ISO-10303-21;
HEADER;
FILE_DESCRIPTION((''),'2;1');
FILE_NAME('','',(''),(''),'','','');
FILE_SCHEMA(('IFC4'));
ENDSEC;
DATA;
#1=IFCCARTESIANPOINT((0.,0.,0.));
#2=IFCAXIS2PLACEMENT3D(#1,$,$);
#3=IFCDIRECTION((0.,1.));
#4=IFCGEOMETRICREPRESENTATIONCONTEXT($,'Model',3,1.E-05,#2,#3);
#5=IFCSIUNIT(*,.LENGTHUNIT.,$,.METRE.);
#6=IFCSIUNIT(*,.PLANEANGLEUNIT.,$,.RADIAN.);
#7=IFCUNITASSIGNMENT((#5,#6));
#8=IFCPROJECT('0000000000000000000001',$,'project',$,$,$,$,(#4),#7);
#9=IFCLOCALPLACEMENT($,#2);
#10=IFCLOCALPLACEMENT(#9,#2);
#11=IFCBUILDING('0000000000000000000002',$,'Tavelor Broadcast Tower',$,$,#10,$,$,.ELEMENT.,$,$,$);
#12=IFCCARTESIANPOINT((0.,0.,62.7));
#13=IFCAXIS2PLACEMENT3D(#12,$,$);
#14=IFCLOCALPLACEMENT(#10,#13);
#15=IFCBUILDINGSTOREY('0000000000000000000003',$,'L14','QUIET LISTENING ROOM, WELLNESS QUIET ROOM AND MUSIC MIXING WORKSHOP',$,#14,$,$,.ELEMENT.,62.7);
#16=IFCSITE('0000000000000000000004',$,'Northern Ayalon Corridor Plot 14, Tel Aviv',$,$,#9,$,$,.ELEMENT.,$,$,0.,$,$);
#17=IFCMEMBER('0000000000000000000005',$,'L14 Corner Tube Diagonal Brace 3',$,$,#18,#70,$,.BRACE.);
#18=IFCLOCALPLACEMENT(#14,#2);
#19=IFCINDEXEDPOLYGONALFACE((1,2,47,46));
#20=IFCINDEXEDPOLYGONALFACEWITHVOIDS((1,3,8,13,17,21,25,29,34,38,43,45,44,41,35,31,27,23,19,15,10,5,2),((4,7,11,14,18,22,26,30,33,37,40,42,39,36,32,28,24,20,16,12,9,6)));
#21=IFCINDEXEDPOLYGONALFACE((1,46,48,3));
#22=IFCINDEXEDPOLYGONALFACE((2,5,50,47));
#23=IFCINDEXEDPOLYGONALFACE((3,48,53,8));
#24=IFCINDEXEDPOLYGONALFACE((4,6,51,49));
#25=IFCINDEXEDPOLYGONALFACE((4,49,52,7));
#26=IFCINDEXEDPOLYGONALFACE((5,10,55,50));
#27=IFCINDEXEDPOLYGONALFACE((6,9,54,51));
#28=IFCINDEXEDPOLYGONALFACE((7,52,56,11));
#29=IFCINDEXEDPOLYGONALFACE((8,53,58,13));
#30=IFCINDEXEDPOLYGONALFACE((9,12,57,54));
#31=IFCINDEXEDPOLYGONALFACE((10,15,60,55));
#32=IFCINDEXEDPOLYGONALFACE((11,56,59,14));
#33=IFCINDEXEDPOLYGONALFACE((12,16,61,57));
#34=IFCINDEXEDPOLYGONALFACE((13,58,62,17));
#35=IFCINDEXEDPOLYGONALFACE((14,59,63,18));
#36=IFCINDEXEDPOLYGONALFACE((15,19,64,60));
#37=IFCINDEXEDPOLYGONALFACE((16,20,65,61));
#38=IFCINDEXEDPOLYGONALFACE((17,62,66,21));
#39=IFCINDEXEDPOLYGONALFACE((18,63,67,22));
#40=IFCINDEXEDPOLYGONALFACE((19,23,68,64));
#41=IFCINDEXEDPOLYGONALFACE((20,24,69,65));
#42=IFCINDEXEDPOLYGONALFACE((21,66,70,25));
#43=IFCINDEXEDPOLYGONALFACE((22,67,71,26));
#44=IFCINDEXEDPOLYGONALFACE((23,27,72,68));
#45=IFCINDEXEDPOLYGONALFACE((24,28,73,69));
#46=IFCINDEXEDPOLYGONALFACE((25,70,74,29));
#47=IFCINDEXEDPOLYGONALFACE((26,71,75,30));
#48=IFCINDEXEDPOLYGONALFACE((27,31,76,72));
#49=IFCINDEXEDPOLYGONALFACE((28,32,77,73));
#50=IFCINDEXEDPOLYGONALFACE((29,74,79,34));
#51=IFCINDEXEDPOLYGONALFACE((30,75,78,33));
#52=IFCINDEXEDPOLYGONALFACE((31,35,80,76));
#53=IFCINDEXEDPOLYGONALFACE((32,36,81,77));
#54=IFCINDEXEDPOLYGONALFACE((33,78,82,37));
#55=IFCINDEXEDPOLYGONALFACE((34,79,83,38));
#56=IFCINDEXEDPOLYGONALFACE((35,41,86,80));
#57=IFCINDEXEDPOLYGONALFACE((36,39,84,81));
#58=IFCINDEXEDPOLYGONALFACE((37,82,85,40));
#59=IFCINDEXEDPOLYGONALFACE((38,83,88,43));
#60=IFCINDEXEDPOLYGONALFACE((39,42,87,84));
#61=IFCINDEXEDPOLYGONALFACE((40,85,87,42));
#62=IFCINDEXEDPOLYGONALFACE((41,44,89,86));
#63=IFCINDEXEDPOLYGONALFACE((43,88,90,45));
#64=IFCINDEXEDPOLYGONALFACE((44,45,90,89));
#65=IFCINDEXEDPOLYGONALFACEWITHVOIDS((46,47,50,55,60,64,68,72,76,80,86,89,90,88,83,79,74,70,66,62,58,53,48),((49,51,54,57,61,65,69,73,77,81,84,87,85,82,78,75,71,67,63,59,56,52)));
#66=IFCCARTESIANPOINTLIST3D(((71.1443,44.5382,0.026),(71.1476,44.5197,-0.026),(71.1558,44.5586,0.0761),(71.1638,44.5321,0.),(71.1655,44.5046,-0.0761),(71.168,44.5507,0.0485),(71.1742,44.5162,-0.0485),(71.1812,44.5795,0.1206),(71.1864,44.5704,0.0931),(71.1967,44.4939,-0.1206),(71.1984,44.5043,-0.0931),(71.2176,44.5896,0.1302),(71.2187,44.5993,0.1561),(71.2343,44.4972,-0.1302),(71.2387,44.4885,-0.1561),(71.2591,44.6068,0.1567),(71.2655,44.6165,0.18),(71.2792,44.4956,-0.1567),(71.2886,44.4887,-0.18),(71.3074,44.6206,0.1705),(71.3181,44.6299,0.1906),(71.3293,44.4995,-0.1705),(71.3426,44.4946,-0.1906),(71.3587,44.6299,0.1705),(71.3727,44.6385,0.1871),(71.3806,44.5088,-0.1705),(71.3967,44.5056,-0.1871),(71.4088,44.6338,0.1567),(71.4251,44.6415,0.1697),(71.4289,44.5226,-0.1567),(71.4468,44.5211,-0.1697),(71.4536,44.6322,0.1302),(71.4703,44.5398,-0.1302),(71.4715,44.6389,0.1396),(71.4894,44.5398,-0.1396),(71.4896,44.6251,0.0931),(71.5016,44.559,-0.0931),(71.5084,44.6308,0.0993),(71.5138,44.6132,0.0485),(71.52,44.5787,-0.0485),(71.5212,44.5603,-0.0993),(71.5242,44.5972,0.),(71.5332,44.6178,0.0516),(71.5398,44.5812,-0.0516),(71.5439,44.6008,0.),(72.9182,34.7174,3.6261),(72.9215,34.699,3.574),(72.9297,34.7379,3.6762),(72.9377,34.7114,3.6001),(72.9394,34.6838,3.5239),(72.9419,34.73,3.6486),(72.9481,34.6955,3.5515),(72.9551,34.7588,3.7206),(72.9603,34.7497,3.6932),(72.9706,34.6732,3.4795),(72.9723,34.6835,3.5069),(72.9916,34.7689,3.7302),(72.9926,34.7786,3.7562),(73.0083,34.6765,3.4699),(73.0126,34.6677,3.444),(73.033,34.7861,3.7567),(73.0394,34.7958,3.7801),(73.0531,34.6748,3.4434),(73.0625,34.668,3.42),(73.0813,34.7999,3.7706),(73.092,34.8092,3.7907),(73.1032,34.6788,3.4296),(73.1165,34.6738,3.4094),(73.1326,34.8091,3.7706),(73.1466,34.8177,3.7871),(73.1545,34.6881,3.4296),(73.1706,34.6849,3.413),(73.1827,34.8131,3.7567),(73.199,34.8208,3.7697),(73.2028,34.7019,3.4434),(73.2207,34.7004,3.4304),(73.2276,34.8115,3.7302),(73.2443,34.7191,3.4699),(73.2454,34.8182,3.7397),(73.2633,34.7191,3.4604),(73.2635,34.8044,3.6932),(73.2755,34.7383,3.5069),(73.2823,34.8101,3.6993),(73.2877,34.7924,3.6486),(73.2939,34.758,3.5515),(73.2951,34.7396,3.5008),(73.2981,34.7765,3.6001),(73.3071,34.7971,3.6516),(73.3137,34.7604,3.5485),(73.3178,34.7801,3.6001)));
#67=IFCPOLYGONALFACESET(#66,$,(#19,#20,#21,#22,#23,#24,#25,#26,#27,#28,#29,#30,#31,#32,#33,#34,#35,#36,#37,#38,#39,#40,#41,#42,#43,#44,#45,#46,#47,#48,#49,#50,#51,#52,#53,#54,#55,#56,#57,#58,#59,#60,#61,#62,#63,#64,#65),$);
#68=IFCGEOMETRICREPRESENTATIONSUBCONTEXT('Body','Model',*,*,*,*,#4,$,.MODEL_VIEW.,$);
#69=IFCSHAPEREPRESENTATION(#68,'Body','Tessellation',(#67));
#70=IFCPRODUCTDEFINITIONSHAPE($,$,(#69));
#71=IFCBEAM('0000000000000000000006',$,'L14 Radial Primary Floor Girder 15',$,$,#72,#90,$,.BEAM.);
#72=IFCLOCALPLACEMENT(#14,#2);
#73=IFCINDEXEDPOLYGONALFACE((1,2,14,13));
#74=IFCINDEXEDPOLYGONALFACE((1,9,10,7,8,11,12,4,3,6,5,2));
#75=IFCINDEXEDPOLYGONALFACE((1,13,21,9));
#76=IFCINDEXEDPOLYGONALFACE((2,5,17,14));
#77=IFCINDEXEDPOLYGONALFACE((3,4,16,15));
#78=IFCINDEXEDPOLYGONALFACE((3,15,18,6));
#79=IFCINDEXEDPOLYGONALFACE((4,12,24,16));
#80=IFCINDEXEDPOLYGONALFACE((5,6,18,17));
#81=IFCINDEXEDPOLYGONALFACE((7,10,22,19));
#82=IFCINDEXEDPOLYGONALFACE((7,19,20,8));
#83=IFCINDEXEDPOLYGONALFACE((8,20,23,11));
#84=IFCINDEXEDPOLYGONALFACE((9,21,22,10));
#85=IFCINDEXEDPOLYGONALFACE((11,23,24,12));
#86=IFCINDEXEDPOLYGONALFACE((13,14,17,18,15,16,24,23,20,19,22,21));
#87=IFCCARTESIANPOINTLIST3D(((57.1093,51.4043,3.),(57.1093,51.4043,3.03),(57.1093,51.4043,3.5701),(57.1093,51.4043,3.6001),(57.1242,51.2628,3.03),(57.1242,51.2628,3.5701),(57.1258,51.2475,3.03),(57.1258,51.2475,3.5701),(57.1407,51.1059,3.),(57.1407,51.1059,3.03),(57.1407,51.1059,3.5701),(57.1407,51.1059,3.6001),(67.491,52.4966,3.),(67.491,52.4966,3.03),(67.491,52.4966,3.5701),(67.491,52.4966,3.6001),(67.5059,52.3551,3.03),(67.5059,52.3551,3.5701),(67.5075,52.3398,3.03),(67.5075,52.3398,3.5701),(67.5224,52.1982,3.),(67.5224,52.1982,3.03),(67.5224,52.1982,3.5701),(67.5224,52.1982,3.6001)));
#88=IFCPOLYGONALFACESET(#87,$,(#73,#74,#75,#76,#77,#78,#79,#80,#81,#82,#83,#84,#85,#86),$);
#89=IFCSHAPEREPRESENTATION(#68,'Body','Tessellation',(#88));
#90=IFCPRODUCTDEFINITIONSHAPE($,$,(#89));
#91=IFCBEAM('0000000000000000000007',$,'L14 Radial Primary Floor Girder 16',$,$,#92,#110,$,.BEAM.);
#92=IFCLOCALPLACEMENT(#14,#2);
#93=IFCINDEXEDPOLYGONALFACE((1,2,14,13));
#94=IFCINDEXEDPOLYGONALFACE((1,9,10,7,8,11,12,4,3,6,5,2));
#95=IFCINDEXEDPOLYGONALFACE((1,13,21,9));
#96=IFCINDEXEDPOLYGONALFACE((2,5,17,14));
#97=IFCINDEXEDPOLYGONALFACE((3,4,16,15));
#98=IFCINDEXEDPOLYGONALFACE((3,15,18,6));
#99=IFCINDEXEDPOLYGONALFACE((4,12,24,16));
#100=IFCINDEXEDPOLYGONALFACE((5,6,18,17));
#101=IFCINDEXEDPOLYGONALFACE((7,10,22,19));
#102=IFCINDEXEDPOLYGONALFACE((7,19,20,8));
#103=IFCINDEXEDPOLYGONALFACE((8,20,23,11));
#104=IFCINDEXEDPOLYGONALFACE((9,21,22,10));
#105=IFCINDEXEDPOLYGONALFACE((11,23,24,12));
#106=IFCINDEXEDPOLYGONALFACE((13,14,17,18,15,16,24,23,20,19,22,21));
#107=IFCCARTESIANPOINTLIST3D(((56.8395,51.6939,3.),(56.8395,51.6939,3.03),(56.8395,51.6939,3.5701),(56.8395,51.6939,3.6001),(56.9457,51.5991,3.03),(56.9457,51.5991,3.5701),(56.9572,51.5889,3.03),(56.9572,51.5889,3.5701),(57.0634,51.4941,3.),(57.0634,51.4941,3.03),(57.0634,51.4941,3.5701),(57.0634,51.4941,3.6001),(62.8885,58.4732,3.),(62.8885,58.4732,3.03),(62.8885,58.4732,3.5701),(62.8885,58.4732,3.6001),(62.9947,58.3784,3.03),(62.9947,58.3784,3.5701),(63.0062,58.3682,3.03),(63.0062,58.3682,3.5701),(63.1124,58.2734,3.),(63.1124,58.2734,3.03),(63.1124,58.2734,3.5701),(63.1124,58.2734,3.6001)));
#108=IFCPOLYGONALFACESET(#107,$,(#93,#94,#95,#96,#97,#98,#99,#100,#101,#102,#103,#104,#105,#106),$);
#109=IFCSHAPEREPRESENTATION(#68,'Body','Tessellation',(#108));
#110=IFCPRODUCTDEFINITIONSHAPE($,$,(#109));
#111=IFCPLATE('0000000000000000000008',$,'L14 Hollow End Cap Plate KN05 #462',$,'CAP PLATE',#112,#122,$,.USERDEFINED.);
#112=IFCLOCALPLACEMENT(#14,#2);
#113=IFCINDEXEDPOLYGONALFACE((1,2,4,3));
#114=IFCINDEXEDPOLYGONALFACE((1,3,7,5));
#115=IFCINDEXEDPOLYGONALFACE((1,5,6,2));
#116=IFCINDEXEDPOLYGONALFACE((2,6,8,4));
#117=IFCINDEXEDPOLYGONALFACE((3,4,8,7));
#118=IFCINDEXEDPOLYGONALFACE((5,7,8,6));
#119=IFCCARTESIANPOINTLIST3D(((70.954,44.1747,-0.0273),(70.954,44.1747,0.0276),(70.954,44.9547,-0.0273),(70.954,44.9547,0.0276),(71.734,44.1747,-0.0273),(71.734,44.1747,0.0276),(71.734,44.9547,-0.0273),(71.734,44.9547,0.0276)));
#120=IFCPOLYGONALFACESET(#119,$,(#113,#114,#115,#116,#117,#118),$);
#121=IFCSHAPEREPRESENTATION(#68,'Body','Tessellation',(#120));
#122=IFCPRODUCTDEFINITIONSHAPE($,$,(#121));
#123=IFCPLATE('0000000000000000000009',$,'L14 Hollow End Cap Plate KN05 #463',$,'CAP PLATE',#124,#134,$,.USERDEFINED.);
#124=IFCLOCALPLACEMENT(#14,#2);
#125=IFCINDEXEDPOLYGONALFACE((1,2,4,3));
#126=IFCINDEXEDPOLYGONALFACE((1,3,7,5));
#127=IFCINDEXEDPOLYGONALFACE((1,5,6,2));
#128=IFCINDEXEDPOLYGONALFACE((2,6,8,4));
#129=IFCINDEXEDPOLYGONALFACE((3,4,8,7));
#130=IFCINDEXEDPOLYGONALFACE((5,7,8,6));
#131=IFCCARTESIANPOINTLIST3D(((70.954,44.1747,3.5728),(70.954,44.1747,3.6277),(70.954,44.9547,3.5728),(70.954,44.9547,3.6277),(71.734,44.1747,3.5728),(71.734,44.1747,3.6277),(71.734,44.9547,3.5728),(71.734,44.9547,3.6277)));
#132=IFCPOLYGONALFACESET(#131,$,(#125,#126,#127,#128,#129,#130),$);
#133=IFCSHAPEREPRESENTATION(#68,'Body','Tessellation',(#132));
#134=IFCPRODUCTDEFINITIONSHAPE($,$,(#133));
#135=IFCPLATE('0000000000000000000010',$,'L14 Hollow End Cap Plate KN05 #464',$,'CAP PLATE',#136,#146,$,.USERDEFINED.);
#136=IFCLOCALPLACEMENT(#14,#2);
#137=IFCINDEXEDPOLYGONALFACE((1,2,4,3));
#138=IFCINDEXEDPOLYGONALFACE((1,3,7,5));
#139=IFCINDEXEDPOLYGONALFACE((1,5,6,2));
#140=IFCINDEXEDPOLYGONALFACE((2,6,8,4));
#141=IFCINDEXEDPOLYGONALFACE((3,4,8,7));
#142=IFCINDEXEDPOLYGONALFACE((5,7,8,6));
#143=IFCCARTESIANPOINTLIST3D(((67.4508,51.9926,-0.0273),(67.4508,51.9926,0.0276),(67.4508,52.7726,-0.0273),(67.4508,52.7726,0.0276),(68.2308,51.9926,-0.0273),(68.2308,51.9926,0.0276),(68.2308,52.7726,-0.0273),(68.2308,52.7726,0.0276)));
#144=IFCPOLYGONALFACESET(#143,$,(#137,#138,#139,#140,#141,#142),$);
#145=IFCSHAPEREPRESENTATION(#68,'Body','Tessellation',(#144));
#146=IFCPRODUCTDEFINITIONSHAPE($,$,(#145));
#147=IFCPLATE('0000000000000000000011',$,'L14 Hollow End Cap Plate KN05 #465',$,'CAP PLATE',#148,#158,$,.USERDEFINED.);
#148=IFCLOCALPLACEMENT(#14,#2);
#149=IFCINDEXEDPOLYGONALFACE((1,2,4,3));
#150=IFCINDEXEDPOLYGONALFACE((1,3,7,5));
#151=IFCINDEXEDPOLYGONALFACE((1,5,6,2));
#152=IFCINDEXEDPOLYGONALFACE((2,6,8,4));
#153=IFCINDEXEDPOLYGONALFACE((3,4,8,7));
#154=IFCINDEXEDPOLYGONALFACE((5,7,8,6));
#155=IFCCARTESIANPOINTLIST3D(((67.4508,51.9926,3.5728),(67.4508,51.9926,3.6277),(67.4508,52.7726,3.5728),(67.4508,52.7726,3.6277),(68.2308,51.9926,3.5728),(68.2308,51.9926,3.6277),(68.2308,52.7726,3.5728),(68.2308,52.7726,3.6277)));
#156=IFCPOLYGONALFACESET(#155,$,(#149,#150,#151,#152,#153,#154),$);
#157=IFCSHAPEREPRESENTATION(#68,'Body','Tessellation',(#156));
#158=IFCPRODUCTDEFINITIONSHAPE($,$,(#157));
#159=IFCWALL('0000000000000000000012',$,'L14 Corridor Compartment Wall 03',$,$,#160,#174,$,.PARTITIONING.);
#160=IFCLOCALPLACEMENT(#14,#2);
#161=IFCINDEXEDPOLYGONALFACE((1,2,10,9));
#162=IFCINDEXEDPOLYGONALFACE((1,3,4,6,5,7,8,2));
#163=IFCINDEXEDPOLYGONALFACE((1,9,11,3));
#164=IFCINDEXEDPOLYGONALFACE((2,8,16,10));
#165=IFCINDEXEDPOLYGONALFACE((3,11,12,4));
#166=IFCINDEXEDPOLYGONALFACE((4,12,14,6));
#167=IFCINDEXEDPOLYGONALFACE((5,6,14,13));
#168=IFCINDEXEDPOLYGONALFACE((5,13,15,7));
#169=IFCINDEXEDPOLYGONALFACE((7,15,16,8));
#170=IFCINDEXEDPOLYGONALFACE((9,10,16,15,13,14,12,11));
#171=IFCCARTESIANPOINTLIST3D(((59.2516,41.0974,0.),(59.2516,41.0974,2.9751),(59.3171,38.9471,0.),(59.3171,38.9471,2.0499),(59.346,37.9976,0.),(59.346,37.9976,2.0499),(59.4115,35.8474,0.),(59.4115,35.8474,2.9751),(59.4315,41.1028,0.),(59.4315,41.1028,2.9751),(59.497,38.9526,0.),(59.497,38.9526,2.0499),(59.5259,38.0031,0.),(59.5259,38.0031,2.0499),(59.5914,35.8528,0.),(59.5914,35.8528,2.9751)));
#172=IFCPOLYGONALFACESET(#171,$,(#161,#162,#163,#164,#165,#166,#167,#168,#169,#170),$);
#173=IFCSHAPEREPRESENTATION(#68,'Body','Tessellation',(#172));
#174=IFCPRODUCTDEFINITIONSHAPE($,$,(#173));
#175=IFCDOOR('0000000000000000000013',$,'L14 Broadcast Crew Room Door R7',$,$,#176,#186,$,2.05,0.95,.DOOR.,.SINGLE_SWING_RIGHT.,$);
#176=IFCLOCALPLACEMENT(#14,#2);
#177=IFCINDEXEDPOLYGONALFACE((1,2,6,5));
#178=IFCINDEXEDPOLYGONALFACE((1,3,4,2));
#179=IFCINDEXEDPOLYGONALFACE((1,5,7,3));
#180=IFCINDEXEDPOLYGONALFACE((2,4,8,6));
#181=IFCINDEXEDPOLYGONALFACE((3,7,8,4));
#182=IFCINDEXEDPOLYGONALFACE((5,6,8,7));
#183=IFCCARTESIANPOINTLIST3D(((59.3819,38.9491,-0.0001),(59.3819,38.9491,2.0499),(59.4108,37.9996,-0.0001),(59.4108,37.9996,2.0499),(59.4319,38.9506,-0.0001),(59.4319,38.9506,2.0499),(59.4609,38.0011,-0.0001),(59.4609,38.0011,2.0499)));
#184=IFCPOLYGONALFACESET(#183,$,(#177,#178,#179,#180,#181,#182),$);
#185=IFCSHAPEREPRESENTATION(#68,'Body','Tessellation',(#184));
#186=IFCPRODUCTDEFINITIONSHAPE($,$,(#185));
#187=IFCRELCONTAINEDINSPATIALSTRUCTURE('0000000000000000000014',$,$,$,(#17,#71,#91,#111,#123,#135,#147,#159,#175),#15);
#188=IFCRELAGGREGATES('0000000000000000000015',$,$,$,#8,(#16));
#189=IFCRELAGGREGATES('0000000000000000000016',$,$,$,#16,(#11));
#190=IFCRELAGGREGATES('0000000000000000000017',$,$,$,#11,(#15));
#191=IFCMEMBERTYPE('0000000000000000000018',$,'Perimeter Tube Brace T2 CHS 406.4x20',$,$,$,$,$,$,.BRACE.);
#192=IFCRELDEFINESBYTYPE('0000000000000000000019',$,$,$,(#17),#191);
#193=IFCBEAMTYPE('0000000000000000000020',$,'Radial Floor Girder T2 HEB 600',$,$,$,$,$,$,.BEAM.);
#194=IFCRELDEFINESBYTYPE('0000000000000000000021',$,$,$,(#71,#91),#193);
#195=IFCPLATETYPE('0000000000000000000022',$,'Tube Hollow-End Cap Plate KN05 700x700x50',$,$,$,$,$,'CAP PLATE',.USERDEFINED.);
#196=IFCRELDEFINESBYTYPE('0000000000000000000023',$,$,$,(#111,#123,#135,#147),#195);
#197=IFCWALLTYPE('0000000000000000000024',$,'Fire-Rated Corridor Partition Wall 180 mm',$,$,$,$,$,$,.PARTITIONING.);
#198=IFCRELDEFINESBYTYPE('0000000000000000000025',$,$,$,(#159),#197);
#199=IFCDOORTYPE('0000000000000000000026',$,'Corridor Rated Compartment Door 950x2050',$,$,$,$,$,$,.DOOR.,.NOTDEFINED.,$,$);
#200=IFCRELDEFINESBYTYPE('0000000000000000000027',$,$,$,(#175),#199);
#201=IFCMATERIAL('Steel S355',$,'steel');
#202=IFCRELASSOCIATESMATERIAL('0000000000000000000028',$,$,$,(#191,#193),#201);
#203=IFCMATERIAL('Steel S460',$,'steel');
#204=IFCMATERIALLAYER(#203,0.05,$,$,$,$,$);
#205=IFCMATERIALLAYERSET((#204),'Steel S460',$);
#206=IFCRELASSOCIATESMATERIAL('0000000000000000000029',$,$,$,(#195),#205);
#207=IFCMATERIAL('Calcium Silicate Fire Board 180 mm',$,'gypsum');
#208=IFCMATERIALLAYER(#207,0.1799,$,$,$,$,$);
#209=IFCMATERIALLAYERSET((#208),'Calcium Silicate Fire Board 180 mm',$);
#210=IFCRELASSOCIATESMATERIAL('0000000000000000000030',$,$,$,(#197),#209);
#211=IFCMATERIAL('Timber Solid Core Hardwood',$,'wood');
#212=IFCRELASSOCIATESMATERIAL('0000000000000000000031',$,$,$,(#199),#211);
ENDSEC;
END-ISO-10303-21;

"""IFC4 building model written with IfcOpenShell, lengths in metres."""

from ifc_helpers import new_model, si_unit, direction, frame, frame_2d, origin, origin_2d, place, context, subcontext, project, spatial, rectangle, hollow_circle, i_section, extrude, source, transform, mapped, material, layer, layer_set, material_profile, profile_set, type_object, type_shapes, element, fill, save


model = new_model("IFC4")

# Units and contexts
model_context = context("Model", 3, precision=1e-05, world=origin(), true_north=direction((0.0, 1.0)))
body_context = subcontext(model_context, "Body", "Model", "MODEL_VIEW")
ifc_project = project(units=[si_unit("LENGTHUNIT", "METRE"), si_unit("PLANEANGLEUNIT", "RADIAN")], contexts=[model_context])

# Site, building, storey
site_placement = place(None, origin())
site = spatial("IfcSite", under=ifc_project, at=site_placement, Name="Northern Ayalon Corridor Plot 14, Tel Aviv", CompositionType="ELEMENT", RefElevation=0.0)
building_placement = place(site_placement, origin())
building = spatial("IfcBuilding", under=site, at=building_placement, Name="Tavelor Broadcast Tower", CompositionType="ELEMENT")
storey_placement = place(building_placement, frame((0.0, 0.0, 62.7)))
storey = spatial("IfcBuildingStorey", under=building, at=storey_placement, Name="L14", Description="QUIET LISTENING ROOM, WELLNESS QUIET ROOM AND MUSIC MIXING WORKSHOP", CompositionType="ELEMENT", Elevation=62.7)

# Shared definitions
ifc_material_1 = material(Name="Steel S460", Category="steel")

# Shared definitions
ifc_material_2 = material(Name="Steel S355", Category="steel")

# Member
ifc_material_profile_1 = material_profile(ifc_material_2, hollow_circle(Radius=0.2031, WallThickness=0.02, at=origin_2d()), Name="CHS 406.4x20")
ifc_profile_set_1 = profile_set([ifc_material_profile_1], Name="Steel S355")
member_type = type_object("IfcMemberType", Name="Perimeter Tube Brace T2 CHS 406.4x20", PredefinedType="BRACE", material=ifc_profile_set_1)
member_placement = place(storey_placement, frame((71.344, 44.5647, 0.0), z_axis=(0.167206, -0.925685, 0.339337), x_axis=(0.984075, 0.177753, 0.0)))
element("IfcMember", 1, at=member_placement, inside=storey, type_object=member_type, Name="L14 Corner Tube Diagonal Brace 3", PredefinedType="BRACE", context=body_context, shape_type="SweptSolid", body=[
    extrude(hollow_circle(Radius=0.2031, WallThickness=0.02, at=origin_2d()), origin(), (0.0, 0.0, 1.0), 10.6091),
])

# Beams
ifc_material_profile_2 = material_profile(ifc_material_2, i_section(OverallWidth=0.3, OverallDepth=0.6001, WebThickness=0.0154, FlangeThickness=0.03, at=origin_2d()), Name="HEB 600")
ifc_profile_set_2 = profile_set([ifc_material_profile_2], Name="Steel S355")
beam_type_1 = type_object("IfcBeamType", Name="Radial Floor Girder T2 HEB 600", PredefinedType="BEAM", material=ifc_profile_set_2)
beam_1_placement = place(storey_placement, frame((57.125, 51.2551, 3.3), z_axis=(0.994511, 0.104636, 0.0), x_axis=(-0.104636, 0.994511, 0.0)))
element("IfcBeam", 2, at=beam_1_placement, inside=storey, type_object=beam_type_1, Name="L14 Radial Primary Floor Girder 15", PredefinedType="BEAM", context=body_context, shape_type="SweptSolid", body=[
    extrude(i_section(OverallWidth=0.3, OverallDepth=0.6001, WebThickness=0.0154, FlangeThickness=0.03, at=origin_2d()), origin(), (0.0, 0.0, 1.0), 10.439),
])
beam_2_placement = place(storey_placement, frame((56.9514, 51.594, 3.3), z_axis=(0.665779, 0.746149, 0.0), x_axis=(-0.746149, 0.665779, 0.0)))
element("IfcBeam", 3, at=beam_2_placement, inside=storey, type_object=beam_type_1, Name="L14 Radial Primary Floor Girder 16", PredefinedType="BEAM", context=body_context, shape_type="SweptSolid", body=[
    extrude(i_section(OverallWidth=0.3, OverallDepth=0.6001, WebThickness=0.0154, FlangeThickness=0.03, at=origin_2d()), origin(), (0.0, 0.0, 1.0), 9.0857),
])

# Plates
ifc_layer_1 = layer(ifc_material_1, 0.05)
ifc_layer_set_1 = layer_set([ifc_layer_1], Name="Steel S460")
plate_type = type_object("IfcPlateType", Name="Tube Hollow-End Cap Plate KN05 700x700x50", ElementType="CAP PLATE", PredefinedType="USERDEFINED", material=ifc_layer_set_1)
shared_shape = source(origin(), body_context, "Body", "SweptSolid", [
    extrude(rectangle(XDim=0.78, YDim=0.78, at=origin_2d()), origin(), (0.0, 0.0, 1.0), 0.0549),
])
type_shapes(plate_type, [shared_shape])
for number, where, z_axis, x_axis, name in (
    (4, (71.344, 44.5647, -0.0273), (0.0, 0.0, 1.0), (1.0, 0.0, 0.0), "L14 Hollow End Cap Plate KN05 #462"),
    (5, (71.344, 44.5647, 3.5728), (0.0, 0.0, 1.0), (1.0, 0.0, 0.0), "L14 Hollow End Cap Plate KN05 #463"),
    (6, (67.8408, 52.3826, -0.0273), (0.0, 0.0, 1.0), (1.0, 0.0, 0.0), "L14 Hollow End Cap Plate KN05 #464"),
    (7, (67.8408, 52.3826, 3.5728), (0.0, 0.0, 1.0), (1.0, 0.0, 0.0), "L14 Hollow End Cap Plate KN05 #465"),
):
    element("IfcPlate", number, at=place(storey_placement, frame(where, z_axis=z_axis, x_axis=x_axis)), inside=storey, type_object=plate_type, Name=name, ObjectType="CAP PLATE", PredefinedType="USERDEFINED", context=body_context, shape_type="MappedRepresentation", body=[
        mapped(shared_shape, transform((0.0, 0.0, 0.0), scale=1.0)),
    ])

# Wall, opening, door
ifc_material_3 = material(Name="Calcium Silicate Fire Board 180 mm", Category="gypsum")
ifc_layer_2 = layer(ifc_material_3, 0.1799)
ifc_layer_set_2 = layer_set([ifc_layer_2], Name="Calcium Silicate Fire Board 180 mm")
wall_type_1 = type_object("IfcWallType", Name="Fire-Rated Corridor Partition Wall 180 mm", PredefinedType="PARTITIONING", material=ifc_layer_set_2)
wall_1_placement = place(storey_placement, frame((59.3416, 41.1001, 0.0), z_axis=(0.0, 0.0, 1.0), x_axis=(0.030445, -0.999536, 0.0)))
wall_1 = element("IfcWall", 8, at=wall_1_placement, inside=storey, type_object=wall_type_1, Name="L14 Corridor Compartment Wall 03", PredefinedType="PARTITIONING", context=body_context, shape_type="SweptSolid", body=[
    extrude(rectangle(XDim=5.2524, YDim=0.1799, at=frame_2d((2.6262, 0.0))), origin(), (0.0, 0.0, 1.0), 2.9751),
])
opening_1_placement = place(wall_1_placement, frame((2.1511, 0.0, 0.0)))
opening_1 = element("IfcOpeningElement", 9, at=opening_1_placement, cuts=wall_1, PredefinedType="OPENING", context=body_context, shape_type="SweptSolid", body=[
    extrude(rectangle(XDim=0.95, YDim=2.05, at=frame_2d((0.4751, 1.0249))), frame((0.0, 0.1001, 0.0), z_axis=(0.0, -1.0, 0.0), x_axis=(1.0, 0.0, 0.0)), (0.0, 0.0, 1.0), 0.2),
])
ifc_material_4 = material(Name="Timber Solid Core Hardwood", Category="wood")
door_type_1 = type_object("IfcDoorType", Name="Corridor Rated Compartment Door 950x2050", OperationType="NOTDEFINED", PredefinedType="DOOR", material=ifc_material_4)
door_1_placement = place(opening_1_placement, origin())
door_1 = element("IfcDoor", 10, at=door_1_placement, inside=storey, type_object=door_type_1, Name="L14 Broadcast Crew Room Door R7", OperationType="SINGLE_SWING_RIGHT", OverallHeight=2.05, OverallWidth=0.95, PredefinedType="DOOR", context=body_context, shape_type="SweptSolid", body=[
    extrude(rectangle(XDim=0.95, YDim=2.05, at=frame_2d((0.4751, 1.0249))), frame((0.0, 0.0249, 0.0), z_axis=(0.0, -1.0, 0.0), x_axis=(1.0, 0.0, 0.0)), (0.0, 0.0, 1.0), 0.05),
])
fill(opening_1, door_1)

save(model, "model.ifc")
